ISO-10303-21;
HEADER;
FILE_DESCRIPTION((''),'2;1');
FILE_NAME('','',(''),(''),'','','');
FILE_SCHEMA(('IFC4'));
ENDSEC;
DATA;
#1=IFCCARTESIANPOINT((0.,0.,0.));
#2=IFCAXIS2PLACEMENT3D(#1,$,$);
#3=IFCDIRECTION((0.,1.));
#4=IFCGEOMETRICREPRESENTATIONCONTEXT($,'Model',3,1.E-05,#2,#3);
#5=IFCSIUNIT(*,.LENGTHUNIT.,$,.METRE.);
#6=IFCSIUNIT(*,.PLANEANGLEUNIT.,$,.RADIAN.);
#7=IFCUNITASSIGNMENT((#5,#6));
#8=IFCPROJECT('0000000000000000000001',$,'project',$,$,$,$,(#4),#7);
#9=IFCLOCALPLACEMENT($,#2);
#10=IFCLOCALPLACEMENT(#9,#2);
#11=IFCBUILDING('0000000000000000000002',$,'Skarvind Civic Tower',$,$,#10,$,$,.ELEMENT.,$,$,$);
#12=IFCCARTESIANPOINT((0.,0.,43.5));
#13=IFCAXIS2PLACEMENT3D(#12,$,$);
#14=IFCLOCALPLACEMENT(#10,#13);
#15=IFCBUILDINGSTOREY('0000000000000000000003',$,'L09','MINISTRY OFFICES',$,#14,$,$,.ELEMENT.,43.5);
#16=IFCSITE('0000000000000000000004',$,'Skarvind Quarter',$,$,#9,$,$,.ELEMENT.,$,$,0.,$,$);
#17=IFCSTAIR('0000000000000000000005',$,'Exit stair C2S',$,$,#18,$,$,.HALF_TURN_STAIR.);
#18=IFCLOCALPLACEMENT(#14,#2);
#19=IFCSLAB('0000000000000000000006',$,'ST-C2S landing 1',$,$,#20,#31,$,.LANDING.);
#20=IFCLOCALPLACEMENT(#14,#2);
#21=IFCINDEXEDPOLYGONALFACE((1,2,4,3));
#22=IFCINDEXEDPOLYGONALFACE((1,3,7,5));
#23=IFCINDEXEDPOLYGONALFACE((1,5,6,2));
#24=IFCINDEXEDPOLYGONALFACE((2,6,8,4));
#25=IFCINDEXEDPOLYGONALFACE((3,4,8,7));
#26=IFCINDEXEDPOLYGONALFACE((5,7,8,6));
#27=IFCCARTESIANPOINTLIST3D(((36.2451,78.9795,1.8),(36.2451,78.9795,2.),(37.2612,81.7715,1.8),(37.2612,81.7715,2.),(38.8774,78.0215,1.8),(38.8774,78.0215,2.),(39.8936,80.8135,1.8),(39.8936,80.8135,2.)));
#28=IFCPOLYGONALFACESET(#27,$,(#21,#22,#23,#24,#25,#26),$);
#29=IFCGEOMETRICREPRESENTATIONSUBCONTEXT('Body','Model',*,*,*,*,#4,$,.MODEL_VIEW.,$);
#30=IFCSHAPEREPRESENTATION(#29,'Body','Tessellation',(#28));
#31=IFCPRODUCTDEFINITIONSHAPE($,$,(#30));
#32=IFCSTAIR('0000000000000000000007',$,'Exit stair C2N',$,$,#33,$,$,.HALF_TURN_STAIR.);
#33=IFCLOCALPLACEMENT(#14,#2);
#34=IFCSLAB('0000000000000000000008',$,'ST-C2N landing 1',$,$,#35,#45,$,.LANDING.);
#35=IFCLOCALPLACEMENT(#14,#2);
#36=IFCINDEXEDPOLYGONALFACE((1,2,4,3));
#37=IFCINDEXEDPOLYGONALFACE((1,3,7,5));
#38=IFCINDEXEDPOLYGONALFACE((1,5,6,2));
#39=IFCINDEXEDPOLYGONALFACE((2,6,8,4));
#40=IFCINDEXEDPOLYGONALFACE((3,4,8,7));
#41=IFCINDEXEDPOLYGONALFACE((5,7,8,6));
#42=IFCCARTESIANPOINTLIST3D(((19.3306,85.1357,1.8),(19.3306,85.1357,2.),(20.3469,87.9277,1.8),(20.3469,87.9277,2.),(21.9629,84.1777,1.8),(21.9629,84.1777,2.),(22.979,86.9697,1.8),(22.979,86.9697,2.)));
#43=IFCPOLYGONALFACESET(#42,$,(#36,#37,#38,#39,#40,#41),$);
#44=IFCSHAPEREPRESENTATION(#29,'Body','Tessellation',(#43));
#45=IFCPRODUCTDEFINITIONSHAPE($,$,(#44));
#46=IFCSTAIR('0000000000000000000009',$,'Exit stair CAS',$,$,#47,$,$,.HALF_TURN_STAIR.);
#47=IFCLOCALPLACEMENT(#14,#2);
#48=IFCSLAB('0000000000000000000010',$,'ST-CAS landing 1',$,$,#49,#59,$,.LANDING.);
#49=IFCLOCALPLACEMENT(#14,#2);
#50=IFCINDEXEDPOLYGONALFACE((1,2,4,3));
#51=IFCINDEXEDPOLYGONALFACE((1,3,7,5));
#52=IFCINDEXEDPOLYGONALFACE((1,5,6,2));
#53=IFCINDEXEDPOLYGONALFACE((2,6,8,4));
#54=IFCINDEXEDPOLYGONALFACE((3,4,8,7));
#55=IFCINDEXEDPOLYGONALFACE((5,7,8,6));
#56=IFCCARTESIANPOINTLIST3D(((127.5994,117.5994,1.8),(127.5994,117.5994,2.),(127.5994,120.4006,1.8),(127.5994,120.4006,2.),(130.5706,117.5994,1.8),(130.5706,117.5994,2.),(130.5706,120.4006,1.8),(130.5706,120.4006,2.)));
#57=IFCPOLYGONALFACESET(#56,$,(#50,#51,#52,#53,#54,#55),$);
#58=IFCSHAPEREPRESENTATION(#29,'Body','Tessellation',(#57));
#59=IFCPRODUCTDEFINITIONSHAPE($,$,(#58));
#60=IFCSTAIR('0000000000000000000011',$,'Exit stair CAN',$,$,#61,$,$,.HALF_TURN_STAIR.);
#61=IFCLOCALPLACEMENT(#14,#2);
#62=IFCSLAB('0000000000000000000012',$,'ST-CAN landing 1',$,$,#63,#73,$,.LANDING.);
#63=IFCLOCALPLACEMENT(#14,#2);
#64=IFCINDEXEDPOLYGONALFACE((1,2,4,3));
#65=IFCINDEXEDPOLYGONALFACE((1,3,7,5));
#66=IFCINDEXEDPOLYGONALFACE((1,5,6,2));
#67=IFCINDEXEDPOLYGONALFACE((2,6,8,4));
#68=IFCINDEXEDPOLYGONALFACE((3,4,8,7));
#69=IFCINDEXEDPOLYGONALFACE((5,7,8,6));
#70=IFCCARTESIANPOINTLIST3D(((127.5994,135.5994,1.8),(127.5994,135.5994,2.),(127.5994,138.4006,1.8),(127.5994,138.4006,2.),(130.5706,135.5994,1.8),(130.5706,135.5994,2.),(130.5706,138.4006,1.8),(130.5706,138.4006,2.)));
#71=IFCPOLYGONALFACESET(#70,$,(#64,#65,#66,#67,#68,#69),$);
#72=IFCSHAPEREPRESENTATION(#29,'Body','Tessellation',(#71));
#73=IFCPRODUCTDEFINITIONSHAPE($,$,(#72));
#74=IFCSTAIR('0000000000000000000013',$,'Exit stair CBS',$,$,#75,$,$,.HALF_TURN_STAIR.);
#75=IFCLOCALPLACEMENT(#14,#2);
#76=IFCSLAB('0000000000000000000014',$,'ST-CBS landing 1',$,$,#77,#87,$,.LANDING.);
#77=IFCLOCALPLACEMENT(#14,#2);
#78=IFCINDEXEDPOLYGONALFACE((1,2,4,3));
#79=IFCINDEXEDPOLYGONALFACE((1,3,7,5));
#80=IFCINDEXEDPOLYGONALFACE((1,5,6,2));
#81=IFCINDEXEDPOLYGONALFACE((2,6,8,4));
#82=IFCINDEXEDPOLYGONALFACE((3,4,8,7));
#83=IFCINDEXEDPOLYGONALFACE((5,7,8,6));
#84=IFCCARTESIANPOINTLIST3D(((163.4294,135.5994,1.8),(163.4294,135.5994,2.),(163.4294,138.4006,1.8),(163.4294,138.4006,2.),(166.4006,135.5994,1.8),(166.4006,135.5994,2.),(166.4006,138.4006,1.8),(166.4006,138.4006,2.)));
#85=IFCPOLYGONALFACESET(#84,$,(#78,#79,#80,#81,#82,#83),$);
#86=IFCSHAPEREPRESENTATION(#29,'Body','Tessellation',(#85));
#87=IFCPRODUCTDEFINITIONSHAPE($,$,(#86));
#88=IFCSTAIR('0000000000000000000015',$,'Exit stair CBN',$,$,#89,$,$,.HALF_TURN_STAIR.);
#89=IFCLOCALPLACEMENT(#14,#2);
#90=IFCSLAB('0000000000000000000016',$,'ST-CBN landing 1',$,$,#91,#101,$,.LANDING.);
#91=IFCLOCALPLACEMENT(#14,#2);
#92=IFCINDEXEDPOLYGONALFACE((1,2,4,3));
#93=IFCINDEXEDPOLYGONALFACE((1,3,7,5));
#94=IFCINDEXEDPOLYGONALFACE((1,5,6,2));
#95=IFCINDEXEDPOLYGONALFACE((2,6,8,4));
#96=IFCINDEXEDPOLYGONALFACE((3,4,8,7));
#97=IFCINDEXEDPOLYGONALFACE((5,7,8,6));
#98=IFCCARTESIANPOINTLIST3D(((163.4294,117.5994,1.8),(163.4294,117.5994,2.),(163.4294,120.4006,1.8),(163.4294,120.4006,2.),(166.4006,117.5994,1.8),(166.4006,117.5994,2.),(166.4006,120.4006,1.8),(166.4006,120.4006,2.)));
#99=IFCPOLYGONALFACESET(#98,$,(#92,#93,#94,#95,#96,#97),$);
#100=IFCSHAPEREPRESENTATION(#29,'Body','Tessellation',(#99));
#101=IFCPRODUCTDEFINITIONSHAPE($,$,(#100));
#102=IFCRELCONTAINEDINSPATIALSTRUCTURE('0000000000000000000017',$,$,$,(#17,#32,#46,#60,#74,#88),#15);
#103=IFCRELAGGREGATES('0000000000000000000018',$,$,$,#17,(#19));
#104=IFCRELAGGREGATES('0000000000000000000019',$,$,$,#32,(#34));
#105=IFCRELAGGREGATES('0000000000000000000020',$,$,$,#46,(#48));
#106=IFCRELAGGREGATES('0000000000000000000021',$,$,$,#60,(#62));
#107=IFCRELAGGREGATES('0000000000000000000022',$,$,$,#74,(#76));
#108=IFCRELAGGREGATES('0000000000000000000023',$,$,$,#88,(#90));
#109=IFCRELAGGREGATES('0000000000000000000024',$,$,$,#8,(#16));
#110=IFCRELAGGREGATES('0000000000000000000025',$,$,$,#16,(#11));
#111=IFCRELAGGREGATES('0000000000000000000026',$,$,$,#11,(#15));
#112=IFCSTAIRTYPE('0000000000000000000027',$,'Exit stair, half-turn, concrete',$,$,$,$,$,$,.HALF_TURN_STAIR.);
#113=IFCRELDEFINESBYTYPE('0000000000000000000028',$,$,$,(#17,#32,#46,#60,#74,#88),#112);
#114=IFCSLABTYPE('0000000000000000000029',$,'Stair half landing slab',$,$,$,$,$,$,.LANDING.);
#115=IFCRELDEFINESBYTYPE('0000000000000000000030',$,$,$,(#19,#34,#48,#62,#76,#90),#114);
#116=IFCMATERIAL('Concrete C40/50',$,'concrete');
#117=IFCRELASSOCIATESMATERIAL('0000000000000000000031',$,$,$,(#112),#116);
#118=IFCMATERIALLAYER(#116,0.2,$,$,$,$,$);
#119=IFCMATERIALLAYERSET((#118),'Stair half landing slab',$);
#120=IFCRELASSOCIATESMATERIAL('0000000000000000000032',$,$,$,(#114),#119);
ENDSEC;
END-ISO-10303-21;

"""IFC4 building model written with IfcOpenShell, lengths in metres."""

from ifc_helpers import new_model, si_unit, direction, frame, origin, place, context, subcontext, project, spatial, polyline, outline, extrude, material, layer, layer_set, type_object, element, aggregate, save


model = new_model("IFC4")

# Units and contexts
model_context = context("Model", 3, precision=1e-05, world=origin(), true_north=direction((0.0, 1.0)))
body_context = subcontext(model_context, "Body", "Model", "MODEL_VIEW")
ifc_project = project(units=[si_unit("LENGTHUNIT", "METRE"), si_unit("PLANEANGLEUNIT", "RADIAN")], contexts=[model_context])

# Site, building, storey
site_placement = place(None, origin())
site = spatial("IfcSite", under=ifc_project, at=site_placement, Name="Skarvind Quarter", CompositionType="ELEMENT", RefElevation=0.0)
building_placement = place(site_placement, origin())
building = spatial("IfcBuilding", under=site, at=building_placement, Name="Skarvind Civic Tower", CompositionType="ELEMENT")
storey_placement = place(building_placement, frame((0.0, 0.0, 43.5)))
storey = spatial("IfcBuildingStorey", under=building, at=storey_placement, Name="L09", Description="MINISTRY OFFICES", CompositionType="ELEMENT", Elevation=43.5)

# Shared definitions
ifc_material_1 = material(Name="Concrete C40/50", Category="concrete")

# Stairs, slabs
stair_type = type_object("IfcStairType", Name="Exit stair, half-turn, concrete", PredefinedType="HALF_TURN_STAIR", material=ifc_material_1)
ifc_layer_1 = layer(ifc_material_1, 0.2)
ifc_layer_set_1 = layer_set([ifc_layer_1], Name="Stair half landing slab")
slab_type_1 = type_object("IfcSlabType", Name="Stair half landing slab", PredefinedType="LANDING", material=ifc_layer_set_1)
stair_1_placement = place(storey_placement, origin())
stair_1 = element("IfcStair", 1, at=stair_1_placement, inside=storey, type_object=stair_type, Name="Exit stair C2S", PredefinedType="HALF_TURN_STAIR")
slab_1_placement = place(storey_placement, frame((0.0, 0.0, 1.8)))
slab_1 = element("IfcSlab", 2, at=slab_1_placement, type_object=slab_type_1, Name="ST-C2S landing 1", PredefinedType="LANDING", context=body_context, shape_type="SweptSolid", body=[
    extrude(outline(polyline([(37.2612, 81.7715), (39.8936, 80.8135), (38.8774, 78.0215), (36.2451, 78.9795), (37.2612, 81.7715)])), origin(), (0.0, 0.0, 1.0), 0.2),
])
aggregate(stair_1, [slab_1])
stair_2_placement = place(storey_placement, origin())
stair_2 = element("IfcStair", 3, at=stair_2_placement, inside=storey, type_object=stair_type, Name="Exit stair C2N", PredefinedType="HALF_TURN_STAIR")
slab_2_placement = place(storey_placement, frame((0.0, 0.0, 1.8)))
slab_2 = element("IfcSlab", 4, at=slab_2_placement, type_object=slab_type_1, Name="ST-C2N landing 1", PredefinedType="LANDING", context=body_context, shape_type="SweptSolid", body=[
    extrude(outline(polyline([(20.3469, 87.9277), (22.979, 86.9697), (21.9629, 84.1777), (19.3306, 85.1357), (20.3469, 87.9277)])), origin(), (0.0, 0.0, 1.0), 0.2),
])
aggregate(stair_2, [slab_2])
stair_3_placement = place(storey_placement, origin())
stair_3 = element("IfcStair", 5, at=stair_3_placement, inside=storey, type_object=stair_type, Name="Exit stair CAS", PredefinedType="HALF_TURN_STAIR")
slab_3_placement = place(storey_placement, frame((0.0, 0.0, 1.8)))
slab_3 = element("IfcSlab", 6, at=slab_3_placement, type_object=slab_type_1, Name="ST-CAS landing 1", PredefinedType="LANDING", context=body_context, shape_type="SweptSolid", body=[
    extrude(outline(polyline([(130.5706, 120.4006), (130.5706, 117.5994), (127.5994, 117.5994), (127.5994, 120.4006), (130.5706, 120.4006)])), origin(), (0.0, 0.0, 1.0), 0.2),
])
aggregate(stair_3, [slab_3])
stair_4_placement = place(storey_placement, origin())
stair_4 = element("IfcStair", 7, at=stair_4_placement, inside=storey, type_object=stair_type, Name="Exit stair CAN", PredefinedType="HALF_TURN_STAIR")
slab_4_placement = place(storey_placement, frame((0.0, 0.0, 1.8)))
slab_4 = element("IfcSlab", 8, at=slab_4_placement, type_object=slab_type_1, Name="ST-CAN landing 1", PredefinedType="LANDING", context=body_context, shape_type="SweptSolid", body=[
    extrude(outline(polyline([(130.5706, 138.4006), (130.5706, 135.5994), (127.5994, 135.5994), (127.5994, 138.4006), (130.5706, 138.4006)])), origin(), (0.0, 0.0, 1.0), 0.2),
])
aggregate(stair_4, [slab_4])
stair_5_placement = place(storey_placement, origin())
stair_5 = element("IfcStair", 9, at=stair_5_placement, inside=storey, type_object=stair_type, Name="Exit stair CBS", PredefinedType="HALF_TURN_STAIR")
slab_5_placement = place(storey_placement, frame((0.0, 0.0, 1.8)))
slab_5 = element("IfcSlab", 10, at=slab_5_placement, type_object=slab_type_1, Name="ST-CBS landing 1", PredefinedType="LANDING", context=body_context, shape_type="SweptSolid", body=[
    extrude(outline(polyline([(163.4294, 135.5994), (163.4294, 138.4006), (166.4006, 138.4006), (166.4006, 135.5994), (163.4294, 135.5994)])), origin(), (0.0, 0.0, 1.0), 0.2),
])
aggregate(stair_5, [slab_5])
stair_6_placement = place(storey_placement, origin())
stair_6 = element("IfcStair", 11, at=stair_6_placement, inside=storey, type_object=stair_type, Name="Exit stair CBN", PredefinedType="HALF_TURN_STAIR")
slab_6_placement = place(storey_placement, frame((0.0, 0.0, 1.8)))
slab_6 = element("IfcSlab", 12, at=slab_6_placement, type_object=slab_type_1, Name="ST-CBN landing 1", PredefinedType="LANDING", context=body_context, shape_type="SweptSolid", body=[
    extrude(outline(polyline([(163.4294, 117.5994), (163.4294, 120.4006), (166.4006, 120.4006), (166.4006, 117.5994), (163.4294, 117.5994)])), origin(), (0.0, 0.0, 1.0), 0.2),
])
aggregate(stair_6, [slab_6])

save(model, "model.ifc")
